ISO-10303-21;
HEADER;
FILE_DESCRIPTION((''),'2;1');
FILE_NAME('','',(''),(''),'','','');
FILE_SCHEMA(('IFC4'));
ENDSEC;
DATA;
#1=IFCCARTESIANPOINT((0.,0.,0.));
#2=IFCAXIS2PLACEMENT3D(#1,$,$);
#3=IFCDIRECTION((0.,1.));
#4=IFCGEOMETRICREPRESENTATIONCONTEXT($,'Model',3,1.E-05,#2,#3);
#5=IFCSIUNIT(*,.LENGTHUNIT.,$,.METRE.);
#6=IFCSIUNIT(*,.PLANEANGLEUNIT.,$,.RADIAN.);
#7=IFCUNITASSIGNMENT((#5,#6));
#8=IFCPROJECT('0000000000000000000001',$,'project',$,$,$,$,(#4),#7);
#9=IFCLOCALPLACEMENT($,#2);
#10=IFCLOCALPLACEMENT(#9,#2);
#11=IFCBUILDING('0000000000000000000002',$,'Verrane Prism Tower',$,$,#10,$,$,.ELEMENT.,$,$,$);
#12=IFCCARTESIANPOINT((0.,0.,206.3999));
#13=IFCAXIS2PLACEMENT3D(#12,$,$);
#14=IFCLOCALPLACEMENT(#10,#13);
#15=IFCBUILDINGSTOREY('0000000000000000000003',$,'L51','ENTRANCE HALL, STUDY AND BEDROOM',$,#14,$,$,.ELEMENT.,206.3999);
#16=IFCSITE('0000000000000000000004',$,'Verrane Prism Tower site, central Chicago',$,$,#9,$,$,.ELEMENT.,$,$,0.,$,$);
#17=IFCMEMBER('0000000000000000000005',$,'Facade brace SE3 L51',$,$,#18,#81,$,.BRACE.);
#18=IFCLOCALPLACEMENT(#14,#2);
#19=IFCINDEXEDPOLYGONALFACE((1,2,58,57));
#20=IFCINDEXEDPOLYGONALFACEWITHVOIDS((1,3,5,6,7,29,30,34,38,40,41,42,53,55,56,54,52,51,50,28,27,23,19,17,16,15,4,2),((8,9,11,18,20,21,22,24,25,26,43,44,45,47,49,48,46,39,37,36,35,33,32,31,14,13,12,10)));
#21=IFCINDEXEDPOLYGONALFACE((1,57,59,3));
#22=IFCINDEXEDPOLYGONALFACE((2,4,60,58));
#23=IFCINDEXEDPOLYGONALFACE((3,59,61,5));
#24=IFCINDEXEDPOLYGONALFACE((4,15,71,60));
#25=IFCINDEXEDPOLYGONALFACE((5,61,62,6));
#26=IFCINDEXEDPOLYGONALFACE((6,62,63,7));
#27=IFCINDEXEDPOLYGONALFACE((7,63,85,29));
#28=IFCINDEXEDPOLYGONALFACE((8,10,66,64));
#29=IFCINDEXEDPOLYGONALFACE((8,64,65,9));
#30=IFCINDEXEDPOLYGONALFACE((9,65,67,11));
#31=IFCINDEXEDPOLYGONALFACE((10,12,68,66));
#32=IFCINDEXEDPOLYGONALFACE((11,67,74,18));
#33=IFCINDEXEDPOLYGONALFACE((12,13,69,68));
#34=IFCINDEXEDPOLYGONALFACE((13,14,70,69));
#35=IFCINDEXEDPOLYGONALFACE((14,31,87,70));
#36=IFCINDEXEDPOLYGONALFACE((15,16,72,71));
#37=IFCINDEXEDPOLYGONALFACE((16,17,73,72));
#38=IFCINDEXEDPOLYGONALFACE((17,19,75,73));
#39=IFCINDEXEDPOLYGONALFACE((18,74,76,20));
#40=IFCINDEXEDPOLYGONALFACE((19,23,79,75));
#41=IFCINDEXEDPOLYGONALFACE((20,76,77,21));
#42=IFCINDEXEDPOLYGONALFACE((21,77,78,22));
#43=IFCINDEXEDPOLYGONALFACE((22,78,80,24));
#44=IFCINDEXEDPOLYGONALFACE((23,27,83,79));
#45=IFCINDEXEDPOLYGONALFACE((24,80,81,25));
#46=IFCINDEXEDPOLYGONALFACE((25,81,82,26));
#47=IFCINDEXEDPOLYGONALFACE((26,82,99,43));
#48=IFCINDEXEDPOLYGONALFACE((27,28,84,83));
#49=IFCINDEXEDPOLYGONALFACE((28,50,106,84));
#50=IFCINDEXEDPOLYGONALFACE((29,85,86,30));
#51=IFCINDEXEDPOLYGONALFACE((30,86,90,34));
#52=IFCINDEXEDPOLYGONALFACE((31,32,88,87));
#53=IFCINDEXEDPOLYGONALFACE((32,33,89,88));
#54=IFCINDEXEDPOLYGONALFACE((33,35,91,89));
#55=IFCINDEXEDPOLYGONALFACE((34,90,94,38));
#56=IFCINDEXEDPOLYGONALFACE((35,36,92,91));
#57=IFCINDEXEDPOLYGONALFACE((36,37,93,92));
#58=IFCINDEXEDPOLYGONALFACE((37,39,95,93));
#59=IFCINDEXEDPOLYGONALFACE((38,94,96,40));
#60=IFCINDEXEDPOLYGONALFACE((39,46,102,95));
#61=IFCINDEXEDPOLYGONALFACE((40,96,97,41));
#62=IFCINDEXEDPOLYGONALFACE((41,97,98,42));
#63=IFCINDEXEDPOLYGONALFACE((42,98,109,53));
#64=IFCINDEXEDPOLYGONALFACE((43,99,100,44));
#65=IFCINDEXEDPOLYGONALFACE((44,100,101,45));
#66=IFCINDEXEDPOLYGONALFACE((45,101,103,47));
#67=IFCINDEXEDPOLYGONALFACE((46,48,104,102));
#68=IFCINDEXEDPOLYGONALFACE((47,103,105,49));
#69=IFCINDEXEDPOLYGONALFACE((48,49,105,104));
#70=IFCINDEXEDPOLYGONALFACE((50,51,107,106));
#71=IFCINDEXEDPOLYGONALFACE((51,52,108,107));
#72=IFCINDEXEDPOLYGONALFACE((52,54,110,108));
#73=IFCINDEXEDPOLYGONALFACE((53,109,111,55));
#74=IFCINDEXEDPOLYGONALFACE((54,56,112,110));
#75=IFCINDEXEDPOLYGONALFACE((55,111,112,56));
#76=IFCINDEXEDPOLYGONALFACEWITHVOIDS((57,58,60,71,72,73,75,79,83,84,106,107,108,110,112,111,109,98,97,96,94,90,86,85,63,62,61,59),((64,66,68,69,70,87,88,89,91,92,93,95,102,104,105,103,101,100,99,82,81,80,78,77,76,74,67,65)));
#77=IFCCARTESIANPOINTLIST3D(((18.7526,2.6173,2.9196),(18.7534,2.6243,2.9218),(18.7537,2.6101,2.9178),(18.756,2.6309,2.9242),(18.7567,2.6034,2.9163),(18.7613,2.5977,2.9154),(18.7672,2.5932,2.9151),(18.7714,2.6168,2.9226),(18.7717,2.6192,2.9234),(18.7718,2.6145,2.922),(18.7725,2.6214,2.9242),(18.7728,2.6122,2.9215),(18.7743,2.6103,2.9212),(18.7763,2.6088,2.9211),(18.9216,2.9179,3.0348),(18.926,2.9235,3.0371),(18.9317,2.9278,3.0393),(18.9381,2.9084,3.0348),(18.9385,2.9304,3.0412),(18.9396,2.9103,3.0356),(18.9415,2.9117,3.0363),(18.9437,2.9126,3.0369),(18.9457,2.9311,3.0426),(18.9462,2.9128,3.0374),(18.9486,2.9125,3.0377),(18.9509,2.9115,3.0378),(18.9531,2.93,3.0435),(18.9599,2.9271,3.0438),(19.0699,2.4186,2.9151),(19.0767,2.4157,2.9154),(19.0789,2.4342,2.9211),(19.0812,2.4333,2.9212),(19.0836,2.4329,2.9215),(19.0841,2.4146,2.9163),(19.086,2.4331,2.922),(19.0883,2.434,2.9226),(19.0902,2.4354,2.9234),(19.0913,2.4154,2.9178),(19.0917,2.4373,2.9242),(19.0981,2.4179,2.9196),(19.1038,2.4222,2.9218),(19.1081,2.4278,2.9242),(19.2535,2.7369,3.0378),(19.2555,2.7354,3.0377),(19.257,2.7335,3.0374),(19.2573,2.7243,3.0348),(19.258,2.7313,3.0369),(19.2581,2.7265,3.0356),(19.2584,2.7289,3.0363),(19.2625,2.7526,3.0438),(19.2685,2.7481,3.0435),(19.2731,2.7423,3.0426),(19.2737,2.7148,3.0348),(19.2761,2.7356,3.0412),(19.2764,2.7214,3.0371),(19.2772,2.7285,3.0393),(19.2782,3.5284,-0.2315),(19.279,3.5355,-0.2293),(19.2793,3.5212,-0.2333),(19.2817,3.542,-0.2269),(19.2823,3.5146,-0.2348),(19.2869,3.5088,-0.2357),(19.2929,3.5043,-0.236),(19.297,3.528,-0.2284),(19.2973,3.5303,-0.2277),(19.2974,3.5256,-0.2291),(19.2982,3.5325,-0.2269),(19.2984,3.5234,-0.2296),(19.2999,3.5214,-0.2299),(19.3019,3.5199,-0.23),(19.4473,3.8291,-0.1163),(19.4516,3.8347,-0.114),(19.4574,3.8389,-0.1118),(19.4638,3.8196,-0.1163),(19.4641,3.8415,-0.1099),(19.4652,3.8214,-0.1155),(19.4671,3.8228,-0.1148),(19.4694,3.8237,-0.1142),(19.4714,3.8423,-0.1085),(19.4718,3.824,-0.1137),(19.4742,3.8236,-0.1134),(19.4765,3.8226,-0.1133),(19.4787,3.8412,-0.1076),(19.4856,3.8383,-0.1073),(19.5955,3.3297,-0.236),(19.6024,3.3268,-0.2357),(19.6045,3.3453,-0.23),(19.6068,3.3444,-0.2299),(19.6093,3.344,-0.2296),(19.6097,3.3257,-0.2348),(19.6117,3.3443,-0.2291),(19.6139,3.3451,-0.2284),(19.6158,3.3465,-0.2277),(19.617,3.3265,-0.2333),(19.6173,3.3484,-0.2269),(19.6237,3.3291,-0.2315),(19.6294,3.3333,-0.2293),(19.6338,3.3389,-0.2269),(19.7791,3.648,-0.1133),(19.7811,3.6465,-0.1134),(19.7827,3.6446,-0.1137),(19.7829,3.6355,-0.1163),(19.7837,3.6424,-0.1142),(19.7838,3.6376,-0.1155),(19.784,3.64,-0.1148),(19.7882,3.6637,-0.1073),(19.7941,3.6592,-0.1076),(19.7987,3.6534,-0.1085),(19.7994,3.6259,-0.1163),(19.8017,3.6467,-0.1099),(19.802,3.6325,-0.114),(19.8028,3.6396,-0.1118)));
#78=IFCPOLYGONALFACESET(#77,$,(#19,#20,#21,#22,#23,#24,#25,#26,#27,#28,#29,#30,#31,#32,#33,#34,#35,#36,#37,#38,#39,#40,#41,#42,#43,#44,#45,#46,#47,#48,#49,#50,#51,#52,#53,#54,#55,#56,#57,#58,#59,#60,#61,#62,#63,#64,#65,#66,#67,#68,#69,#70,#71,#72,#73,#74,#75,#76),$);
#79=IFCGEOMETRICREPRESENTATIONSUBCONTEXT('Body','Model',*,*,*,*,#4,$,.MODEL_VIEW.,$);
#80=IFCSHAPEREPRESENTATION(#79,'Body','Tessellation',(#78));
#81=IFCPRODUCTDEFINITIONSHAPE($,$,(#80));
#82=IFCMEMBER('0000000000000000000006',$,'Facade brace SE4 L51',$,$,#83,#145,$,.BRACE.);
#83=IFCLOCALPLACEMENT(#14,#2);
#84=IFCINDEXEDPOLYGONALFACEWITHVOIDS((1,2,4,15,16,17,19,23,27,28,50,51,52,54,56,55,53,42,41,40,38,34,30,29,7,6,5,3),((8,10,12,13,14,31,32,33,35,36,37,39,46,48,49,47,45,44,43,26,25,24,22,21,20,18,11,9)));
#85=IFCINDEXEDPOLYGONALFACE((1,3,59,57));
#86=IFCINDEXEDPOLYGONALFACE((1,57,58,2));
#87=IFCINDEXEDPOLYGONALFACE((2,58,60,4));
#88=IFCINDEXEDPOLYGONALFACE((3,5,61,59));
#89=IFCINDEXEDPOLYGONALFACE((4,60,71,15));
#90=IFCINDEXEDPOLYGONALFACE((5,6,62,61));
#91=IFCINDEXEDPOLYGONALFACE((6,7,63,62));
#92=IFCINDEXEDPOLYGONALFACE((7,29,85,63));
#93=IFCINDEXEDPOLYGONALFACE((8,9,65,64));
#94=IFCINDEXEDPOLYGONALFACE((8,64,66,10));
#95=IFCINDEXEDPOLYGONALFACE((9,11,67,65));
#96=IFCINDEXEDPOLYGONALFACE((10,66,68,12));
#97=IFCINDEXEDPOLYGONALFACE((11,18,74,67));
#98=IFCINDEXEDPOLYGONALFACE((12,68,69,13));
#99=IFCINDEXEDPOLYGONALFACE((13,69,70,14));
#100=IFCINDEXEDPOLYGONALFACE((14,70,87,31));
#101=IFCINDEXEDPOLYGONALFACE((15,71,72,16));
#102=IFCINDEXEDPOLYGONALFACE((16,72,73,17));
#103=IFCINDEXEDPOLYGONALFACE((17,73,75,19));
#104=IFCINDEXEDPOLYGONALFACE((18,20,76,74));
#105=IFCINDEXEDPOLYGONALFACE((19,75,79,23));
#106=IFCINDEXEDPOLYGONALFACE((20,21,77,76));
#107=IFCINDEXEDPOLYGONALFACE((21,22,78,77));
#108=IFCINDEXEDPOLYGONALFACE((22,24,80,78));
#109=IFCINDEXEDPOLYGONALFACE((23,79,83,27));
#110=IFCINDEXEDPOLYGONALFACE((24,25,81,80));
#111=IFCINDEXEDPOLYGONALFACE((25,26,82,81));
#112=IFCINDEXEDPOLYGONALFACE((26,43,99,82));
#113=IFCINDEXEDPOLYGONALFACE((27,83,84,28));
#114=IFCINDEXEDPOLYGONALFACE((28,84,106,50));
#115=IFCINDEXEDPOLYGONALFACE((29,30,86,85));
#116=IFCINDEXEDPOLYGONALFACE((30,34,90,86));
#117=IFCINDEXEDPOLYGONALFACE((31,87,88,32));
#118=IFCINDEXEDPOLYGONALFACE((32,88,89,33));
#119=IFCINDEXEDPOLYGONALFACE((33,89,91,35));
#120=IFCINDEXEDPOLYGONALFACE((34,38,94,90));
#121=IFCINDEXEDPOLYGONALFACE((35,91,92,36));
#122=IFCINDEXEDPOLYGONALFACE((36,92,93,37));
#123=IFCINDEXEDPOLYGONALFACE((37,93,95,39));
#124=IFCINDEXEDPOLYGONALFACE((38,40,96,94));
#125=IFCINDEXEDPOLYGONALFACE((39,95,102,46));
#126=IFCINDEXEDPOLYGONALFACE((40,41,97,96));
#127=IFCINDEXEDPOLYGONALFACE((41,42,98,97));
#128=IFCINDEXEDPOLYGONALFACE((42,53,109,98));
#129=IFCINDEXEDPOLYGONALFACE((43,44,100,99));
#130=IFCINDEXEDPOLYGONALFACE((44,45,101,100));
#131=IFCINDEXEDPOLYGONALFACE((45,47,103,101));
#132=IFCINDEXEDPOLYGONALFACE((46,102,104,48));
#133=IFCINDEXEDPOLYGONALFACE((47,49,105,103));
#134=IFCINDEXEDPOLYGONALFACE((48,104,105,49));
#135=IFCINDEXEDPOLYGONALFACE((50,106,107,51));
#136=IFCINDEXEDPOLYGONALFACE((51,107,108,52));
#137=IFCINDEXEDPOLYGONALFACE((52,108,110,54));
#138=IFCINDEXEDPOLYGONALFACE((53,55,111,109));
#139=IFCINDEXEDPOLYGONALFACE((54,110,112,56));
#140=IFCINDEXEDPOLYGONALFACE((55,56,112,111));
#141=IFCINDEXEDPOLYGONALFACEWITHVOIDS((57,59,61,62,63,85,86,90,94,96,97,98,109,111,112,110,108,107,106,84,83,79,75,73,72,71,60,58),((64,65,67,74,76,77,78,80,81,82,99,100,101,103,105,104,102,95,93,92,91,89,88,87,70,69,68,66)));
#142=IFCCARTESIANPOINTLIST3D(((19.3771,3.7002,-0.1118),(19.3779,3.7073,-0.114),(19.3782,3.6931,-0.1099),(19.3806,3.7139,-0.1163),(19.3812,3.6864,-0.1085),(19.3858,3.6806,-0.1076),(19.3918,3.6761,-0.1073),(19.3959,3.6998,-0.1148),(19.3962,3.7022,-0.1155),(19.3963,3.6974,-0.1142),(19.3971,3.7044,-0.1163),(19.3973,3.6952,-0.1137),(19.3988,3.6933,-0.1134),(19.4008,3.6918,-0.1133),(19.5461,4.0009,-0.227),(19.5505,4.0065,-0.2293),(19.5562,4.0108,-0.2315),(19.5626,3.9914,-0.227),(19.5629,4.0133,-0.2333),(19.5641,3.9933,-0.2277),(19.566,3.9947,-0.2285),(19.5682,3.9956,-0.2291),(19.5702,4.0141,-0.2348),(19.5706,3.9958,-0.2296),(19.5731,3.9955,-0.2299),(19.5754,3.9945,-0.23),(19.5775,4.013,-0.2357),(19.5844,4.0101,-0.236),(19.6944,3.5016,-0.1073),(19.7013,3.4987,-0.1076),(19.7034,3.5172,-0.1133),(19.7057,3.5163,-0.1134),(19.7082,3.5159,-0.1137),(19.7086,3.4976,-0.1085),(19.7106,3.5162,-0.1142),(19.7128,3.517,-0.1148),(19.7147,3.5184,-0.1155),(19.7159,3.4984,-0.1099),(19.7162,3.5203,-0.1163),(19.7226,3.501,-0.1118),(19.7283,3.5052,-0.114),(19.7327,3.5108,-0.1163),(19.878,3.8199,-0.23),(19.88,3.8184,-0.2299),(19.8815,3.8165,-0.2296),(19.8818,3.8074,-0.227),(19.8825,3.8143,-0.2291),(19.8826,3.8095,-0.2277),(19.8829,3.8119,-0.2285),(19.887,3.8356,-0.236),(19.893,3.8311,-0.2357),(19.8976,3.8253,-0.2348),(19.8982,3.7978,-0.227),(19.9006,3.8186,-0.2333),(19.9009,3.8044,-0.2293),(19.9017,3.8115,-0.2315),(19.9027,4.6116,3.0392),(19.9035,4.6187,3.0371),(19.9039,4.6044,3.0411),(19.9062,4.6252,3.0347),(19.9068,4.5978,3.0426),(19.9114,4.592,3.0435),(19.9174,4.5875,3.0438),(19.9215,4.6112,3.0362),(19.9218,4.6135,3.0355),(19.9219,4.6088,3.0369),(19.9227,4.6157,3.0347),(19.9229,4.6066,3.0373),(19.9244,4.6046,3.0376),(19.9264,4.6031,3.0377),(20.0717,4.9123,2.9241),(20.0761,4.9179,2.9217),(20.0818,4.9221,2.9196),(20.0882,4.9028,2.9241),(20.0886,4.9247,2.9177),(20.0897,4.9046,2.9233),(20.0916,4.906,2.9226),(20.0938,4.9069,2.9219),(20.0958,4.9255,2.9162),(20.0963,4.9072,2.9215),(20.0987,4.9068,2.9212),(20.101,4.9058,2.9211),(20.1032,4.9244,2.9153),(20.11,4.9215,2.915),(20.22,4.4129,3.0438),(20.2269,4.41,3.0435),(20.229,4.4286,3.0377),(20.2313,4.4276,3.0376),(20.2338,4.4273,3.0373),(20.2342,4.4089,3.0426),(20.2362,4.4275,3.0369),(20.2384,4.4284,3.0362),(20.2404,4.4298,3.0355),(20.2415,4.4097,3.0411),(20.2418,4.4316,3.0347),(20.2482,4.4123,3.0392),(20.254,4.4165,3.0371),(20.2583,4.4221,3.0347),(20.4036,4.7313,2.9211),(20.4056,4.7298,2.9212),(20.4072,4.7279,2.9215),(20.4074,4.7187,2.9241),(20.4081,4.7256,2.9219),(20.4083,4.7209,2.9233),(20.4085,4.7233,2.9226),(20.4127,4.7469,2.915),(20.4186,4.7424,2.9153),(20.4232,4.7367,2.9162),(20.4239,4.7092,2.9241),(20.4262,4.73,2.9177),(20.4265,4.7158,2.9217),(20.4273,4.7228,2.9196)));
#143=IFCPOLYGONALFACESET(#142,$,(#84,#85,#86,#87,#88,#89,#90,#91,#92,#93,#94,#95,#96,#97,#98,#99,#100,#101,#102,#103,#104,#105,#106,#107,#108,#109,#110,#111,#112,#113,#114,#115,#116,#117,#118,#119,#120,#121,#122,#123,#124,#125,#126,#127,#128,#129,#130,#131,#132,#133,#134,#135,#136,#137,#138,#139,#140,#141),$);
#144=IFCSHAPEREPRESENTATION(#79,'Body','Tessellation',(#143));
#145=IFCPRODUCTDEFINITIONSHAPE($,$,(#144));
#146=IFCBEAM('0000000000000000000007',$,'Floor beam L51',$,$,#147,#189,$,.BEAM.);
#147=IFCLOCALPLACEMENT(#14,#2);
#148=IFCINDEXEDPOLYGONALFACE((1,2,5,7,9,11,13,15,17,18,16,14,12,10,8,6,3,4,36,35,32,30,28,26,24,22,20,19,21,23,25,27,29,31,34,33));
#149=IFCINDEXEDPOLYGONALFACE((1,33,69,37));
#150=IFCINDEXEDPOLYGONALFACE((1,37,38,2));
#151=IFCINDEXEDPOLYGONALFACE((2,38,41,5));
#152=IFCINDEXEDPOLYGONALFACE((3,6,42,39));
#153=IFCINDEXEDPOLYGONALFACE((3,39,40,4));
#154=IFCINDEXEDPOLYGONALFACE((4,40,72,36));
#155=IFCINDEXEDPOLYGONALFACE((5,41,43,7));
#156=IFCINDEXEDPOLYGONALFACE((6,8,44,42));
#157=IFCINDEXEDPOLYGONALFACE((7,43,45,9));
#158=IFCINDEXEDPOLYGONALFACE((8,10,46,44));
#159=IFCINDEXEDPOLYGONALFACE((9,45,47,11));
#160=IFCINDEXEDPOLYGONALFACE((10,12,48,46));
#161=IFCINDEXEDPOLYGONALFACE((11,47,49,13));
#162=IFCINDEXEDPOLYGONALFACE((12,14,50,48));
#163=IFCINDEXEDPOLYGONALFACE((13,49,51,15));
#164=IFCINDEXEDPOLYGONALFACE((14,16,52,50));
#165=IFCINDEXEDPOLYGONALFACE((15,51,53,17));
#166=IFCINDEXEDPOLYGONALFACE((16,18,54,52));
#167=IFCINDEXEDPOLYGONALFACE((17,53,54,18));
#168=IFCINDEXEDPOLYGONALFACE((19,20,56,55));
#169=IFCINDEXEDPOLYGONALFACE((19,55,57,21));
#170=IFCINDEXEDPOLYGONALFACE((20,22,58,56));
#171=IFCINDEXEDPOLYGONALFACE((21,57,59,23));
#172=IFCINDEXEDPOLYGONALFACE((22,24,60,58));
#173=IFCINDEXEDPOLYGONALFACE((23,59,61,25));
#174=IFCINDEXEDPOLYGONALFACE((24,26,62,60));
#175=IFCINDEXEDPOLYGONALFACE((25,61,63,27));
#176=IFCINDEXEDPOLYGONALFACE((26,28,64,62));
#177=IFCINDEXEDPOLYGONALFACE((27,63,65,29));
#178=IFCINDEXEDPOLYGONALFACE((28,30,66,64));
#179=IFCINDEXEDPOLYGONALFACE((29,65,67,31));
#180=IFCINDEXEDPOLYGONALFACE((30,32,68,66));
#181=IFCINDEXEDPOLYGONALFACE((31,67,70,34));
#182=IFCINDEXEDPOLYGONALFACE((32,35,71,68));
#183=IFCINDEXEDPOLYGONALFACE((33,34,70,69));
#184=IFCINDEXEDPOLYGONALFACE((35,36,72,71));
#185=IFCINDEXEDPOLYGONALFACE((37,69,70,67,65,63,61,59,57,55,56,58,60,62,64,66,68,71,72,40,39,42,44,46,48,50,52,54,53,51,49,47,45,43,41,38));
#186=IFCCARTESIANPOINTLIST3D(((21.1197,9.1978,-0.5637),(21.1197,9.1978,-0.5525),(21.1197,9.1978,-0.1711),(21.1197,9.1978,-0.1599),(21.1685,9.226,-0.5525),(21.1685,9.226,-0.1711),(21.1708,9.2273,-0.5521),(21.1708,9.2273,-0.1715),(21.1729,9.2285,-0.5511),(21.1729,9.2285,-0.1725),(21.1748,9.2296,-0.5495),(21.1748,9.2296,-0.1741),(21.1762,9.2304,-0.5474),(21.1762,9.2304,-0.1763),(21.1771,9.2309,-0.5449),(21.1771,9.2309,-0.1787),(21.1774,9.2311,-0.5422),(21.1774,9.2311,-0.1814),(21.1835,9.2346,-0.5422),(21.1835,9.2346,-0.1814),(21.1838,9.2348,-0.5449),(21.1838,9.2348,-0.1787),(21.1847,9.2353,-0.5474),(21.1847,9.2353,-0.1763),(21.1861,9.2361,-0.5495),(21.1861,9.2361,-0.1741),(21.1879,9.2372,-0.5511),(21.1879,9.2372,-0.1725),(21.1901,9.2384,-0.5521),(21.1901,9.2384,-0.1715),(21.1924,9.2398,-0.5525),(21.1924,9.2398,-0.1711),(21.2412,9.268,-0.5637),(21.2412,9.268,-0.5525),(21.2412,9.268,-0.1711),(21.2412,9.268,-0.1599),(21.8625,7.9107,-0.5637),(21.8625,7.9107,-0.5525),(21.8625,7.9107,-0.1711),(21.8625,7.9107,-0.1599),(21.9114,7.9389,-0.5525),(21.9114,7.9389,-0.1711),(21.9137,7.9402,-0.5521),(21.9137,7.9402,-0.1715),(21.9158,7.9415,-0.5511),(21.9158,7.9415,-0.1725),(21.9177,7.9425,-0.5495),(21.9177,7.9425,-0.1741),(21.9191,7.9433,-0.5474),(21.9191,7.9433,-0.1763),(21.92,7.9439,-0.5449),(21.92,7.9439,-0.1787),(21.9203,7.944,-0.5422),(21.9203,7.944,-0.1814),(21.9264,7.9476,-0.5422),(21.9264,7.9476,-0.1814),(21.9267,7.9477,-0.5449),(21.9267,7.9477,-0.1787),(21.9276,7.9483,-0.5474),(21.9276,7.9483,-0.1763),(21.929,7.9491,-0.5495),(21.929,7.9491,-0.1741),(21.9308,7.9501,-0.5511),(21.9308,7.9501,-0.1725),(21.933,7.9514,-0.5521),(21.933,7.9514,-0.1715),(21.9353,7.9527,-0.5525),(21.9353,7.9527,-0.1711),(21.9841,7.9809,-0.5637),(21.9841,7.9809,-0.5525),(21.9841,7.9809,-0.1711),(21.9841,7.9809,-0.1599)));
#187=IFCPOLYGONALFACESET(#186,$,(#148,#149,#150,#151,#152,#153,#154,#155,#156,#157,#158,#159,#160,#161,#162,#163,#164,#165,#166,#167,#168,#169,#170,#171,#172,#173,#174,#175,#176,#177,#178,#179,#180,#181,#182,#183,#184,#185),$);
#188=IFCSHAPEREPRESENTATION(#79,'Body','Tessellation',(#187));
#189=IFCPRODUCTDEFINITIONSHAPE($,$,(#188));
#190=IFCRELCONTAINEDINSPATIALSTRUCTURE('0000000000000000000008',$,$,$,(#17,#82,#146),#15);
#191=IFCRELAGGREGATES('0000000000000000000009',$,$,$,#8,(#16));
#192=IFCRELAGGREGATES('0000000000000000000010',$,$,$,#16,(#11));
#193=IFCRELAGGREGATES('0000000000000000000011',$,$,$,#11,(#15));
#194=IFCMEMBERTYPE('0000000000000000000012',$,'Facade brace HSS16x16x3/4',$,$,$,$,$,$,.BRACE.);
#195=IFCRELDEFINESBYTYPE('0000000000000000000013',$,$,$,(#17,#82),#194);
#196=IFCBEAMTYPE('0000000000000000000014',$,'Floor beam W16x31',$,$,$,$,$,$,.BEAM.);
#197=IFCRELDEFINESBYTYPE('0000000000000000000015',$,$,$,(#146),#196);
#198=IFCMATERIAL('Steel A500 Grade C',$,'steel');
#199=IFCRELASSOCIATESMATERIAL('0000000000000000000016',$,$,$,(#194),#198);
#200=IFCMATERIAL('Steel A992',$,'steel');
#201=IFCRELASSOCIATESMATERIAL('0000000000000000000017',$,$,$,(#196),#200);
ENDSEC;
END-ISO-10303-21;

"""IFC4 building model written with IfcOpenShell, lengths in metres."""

from ifc_helpers import new_model, si_unit, direction, frame, origin, origin_2d, place, context, subcontext, project, spatial, hollow_rectangle, i_section, extrude, material, material_profile, profile_set, type_object, element, save


model = new_model("IFC4")

# Units and contexts
model_context = context("Model", 3, precision=1e-05, world=origin(), true_north=direction((0.0, 1.0)))
body_context = subcontext(model_context, "Body", "Model", "MODEL_VIEW")
ifc_project = project(units=[si_unit("LENGTHUNIT", "METRE"), si_unit("PLANEANGLEUNIT", "RADIAN")], contexts=[model_context])

# Site, building, storey
site_placement = place(None, origin())
site = spatial("IfcSite", under=ifc_project, at=site_placement, Name="Verrane Prism Tower site, central Chicago", CompositionType="ELEMENT", RefElevation=0.0)
building_placement = place(site_placement, origin())
building = spatial("IfcBuilding", under=site, at=building_placement, Name="Verrane Prism Tower", CompositionType="ELEMENT")
storey_placement = place(building_placement, frame((0.0, 0.0, 206.3999)))
storey = spatial("IfcBuildingStorey", under=building, at=storey_placement, Name="L51", Description="ENTRANCE HALL, STUDY AND BEDROOM", CompositionType="ELEMENT", Elevation=206.3999)

# Members
ifc_material_1 = material(Name="Steel A500 Grade C", Category="steel")
ifc_material_profile_1 = material_profile(ifc_material_1, hollow_rectangle(XDim=0.4065, YDim=0.4065, WallThickness=0.019, InnerFilletRadius=0.0095, OuterFilletRadius=0.0286, at=origin_2d()), Name="HSS16x16x3/4")
ifc_profile_set_1 = profile_set([ifc_material_profile_1], Name="Steel A500 Grade C")
member_type_1 = type_object("IfcMemberType", Name="Facade brace HSS16x16x3/4", PredefinedType="BRACE", material=ifc_profile_set_1)
for number, where, z_axis, x_axis, name in (
    (1, (19.5405, 3.584, -0.1716), (-0.158226, -0.274268, 0.948547), (0.866193, -0.499709, 0.0), "Facade brace SE3 L51"),
    (2, (19.6394, 3.7559, -0.1716), (0.158223, 0.274336, 0.948528), (-0.866251, 0.499609, 0.0), "Facade brace SE4 L51"),
):
    element("IfcMember", number, at=place(storey_placement, frame(where, z_axis=z_axis, x_axis=x_axis)), inside=storey, type_object=member_type_1, Name=name, PredefinedType="BRACE", context=body_context, shape_type="SweptSolid", body=[
        extrude(hollow_rectangle(XDim=0.4065, YDim=0.4065, WallThickness=0.019, InnerFilletRadius=0.0095, OuterFilletRadius=0.0286, at=origin_2d()), origin(), (0.0, 0.0, 1.0), 3.322),
    ])

# Beam
ifc_material_2 = material(Name="Steel A992", Category="steel")
ifc_material_profile_2 = material_profile(ifc_material_2, i_section(OverallWidth=0.1404, OverallDepth=0.4038, WebThickness=0.0071, FlangeThickness=0.0112, FilletRadius=0.0103, at=origin_2d()), Name="W16x31")
ifc_profile_set_2 = profile_set([ifc_material_profile_2], Name="Steel A992")
beam_type_1 = type_object("IfcBeamType", Name="Floor beam W16x31", PredefinedType="BEAM", material=ifc_profile_set_2)
beam_1_placement = place(storey_placement, frame((21.9233, 7.9458, -0.3618), z_axis=(-0.499903, 0.866082, 0.0), x_axis=(-0.866082, -0.499903, 0.0)))
element("IfcBeam", 3, at=beam_1_placement, inside=storey, type_object=beam_type_1, Name="Floor beam L51", PredefinedType="BEAM", context=body_context, shape_type="SweptSolid", body=[
    extrude(i_section(OverallWidth=0.1404, OverallDepth=0.4038, WebThickness=0.0071, FlangeThickness=0.0112, FilletRadius=0.0103, at=origin_2d()), origin(), (0.0, 0.0, 1.0), 1.4861),
])

save(model, "model.ifc")
